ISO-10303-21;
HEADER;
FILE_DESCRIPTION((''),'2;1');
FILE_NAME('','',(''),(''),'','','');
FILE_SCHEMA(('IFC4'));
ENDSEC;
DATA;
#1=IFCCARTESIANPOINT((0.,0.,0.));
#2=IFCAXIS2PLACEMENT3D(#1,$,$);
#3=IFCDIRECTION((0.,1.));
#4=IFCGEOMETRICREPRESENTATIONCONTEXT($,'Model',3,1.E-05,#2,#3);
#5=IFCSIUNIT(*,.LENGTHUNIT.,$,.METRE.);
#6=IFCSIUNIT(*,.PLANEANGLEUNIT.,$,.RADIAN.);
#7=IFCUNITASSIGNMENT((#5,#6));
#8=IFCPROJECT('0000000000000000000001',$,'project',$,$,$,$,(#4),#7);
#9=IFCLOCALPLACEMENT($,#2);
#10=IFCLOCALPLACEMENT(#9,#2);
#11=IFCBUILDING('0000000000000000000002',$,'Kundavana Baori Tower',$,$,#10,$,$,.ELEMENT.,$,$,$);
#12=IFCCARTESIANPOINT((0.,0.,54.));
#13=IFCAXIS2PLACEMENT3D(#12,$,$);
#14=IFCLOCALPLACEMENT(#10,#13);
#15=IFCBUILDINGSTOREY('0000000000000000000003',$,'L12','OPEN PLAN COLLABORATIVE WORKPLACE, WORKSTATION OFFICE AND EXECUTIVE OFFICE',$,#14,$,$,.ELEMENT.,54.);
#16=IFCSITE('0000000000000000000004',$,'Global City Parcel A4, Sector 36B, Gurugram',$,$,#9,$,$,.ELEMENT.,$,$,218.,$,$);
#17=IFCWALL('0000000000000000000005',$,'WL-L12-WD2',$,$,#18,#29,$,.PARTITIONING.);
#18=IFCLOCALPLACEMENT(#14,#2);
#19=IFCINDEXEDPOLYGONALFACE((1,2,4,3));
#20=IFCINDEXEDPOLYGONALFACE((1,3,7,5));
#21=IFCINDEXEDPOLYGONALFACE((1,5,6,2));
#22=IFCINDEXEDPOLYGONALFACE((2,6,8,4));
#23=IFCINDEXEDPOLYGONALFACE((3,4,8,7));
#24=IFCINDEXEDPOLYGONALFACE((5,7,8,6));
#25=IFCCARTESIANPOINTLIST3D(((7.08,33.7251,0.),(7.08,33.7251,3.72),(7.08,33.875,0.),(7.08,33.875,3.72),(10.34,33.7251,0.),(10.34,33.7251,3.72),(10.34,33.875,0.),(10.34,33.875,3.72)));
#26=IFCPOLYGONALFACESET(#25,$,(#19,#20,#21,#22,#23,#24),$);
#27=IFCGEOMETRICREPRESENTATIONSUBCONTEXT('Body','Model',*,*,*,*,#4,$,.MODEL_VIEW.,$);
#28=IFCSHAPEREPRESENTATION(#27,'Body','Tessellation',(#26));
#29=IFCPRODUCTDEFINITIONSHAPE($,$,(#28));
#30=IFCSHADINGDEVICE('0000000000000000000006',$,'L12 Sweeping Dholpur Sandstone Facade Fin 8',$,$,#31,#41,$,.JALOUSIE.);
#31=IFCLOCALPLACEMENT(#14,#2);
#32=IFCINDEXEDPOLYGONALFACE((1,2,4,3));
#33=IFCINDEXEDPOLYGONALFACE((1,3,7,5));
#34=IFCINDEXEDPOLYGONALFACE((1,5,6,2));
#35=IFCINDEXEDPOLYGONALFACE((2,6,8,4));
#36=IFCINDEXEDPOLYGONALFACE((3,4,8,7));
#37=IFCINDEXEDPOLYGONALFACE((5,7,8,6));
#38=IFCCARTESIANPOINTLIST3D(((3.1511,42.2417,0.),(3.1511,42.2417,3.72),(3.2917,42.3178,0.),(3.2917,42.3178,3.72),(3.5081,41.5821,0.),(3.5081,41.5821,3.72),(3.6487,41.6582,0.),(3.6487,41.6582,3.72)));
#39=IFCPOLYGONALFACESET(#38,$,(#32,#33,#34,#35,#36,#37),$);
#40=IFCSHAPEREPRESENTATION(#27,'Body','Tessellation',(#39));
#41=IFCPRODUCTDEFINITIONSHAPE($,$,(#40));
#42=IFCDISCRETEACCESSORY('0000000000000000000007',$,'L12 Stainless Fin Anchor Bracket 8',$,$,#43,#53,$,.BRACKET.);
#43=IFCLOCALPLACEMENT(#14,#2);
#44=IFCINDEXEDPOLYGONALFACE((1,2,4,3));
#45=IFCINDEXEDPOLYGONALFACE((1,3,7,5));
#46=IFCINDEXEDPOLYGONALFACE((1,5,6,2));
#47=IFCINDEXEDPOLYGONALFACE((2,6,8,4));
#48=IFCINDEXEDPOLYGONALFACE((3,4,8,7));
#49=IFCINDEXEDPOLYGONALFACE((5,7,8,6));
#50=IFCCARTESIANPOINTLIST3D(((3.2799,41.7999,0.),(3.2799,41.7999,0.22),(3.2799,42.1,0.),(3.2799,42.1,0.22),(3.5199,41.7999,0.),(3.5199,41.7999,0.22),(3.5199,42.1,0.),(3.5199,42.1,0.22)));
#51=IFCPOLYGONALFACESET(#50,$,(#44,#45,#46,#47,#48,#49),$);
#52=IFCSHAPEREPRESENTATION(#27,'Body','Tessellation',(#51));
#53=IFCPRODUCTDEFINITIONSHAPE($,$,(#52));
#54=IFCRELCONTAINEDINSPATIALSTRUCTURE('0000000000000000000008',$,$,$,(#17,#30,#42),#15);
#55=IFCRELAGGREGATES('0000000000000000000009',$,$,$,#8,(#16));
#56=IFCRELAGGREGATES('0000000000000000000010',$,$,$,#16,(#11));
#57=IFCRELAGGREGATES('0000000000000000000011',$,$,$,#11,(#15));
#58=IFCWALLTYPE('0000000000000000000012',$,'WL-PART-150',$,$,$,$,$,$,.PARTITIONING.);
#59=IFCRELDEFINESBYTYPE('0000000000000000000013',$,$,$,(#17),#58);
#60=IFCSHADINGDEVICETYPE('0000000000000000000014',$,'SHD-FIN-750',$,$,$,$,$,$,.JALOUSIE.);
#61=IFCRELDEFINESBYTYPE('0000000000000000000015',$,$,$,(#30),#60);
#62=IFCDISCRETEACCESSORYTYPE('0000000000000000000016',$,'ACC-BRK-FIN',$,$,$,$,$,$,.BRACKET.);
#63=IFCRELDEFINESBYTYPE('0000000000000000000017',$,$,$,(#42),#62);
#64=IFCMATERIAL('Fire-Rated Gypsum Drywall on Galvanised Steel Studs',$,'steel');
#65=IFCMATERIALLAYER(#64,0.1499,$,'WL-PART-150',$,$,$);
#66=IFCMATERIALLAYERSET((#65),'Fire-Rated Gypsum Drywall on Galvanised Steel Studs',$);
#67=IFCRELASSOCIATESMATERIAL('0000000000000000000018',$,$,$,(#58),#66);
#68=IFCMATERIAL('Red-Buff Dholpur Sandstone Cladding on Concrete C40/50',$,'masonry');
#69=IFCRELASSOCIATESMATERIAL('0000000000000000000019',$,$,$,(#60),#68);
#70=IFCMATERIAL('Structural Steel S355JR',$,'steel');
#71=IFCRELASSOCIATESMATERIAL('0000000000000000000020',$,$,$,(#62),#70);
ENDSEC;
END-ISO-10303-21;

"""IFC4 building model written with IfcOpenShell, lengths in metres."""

from ifc_helpers import new_model, si_unit, direction, frame, frame_2d, origin, origin_2d, place, context, subcontext, project, spatial, rectangle, extrude, material, layer, layer_set, type_object, element, save


model = new_model("IFC4")

# Units and contexts
model_context = context("Model", 3, precision=1e-05, world=origin(), true_north=direction((0.0, 1.0)))
body_context = subcontext(model_context, "Body", "Model", "MODEL_VIEW")
ifc_project = project(units=[si_unit("LENGTHUNIT", "METRE"), si_unit("PLANEANGLEUNIT", "RADIAN")], contexts=[model_context])

# Site, building, storey
site_placement = place(None, origin())
site = spatial("IfcSite", under=ifc_project, at=site_placement, Name="Global City Parcel A4, Sector 36B, Gurugram", CompositionType="ELEMENT", RefElevation=218.0)
building_placement = place(site_placement, origin())
building = spatial("IfcBuilding", under=site, at=building_placement, Name="Kundavana Baori Tower", CompositionType="ELEMENT")
storey_placement = place(building_placement, frame((0.0, 0.0, 54.0)))
storey = spatial("IfcBuildingStorey", under=building, at=storey_placement, Name="L12", Description="OPEN PLAN COLLABORATIVE WORKPLACE, WORKSTATION OFFICE AND EXECUTIVE OFFICE", CompositionType="ELEMENT", Elevation=54.0)

# Shared definitions
ifc_material_1 = material(Name="Fire-Rated Gypsum Drywall on Galvanised Steel Studs", Category="steel")
ifc_layer_1 = layer(ifc_material_1, 0.1499, Name="WL-PART-150")
ifc_layer_set_1 = layer_set([ifc_layer_1], Name="Fire-Rated Gypsum Drywall on Galvanised Steel Studs")
wall_type_1 = type_object("IfcWallType", Name="WL-PART-150", PredefinedType="PARTITIONING", material=ifc_layer_set_1)

# Wall
wall_1_placement = place(storey_placement, frame((7.0801, 33.8, 0.0), z_axis=(0.0, 0.0, 1.0), x_axis=(1.0, 0.0, 0.0)))
element("IfcWall", 1, at=wall_1_placement, inside=storey, type_object=wall_type_1, Name="WL-L12-WD2", PredefinedType="PARTITIONING", context=body_context, shape_type="SweptSolid", body=[
    extrude(rectangle(XDim=3.26, YDim=0.1499, at=frame_2d((1.6299, 0.0))), origin(), (0.0, 0.0, 1.0), 3.72),
])

# Shading device
ifc_material_2 = material(Name="Red-Buff Dholpur Sandstone Cladding on Concrete C40/50", Category="masonry")
shading_device_type = type_object("IfcShadingDeviceType", Name="SHD-FIN-750", PredefinedType="JALOUSIE", material=ifc_material_2)
shading_device_placement = place(storey_placement, frame((3.3999, 41.95, 0.0), z_axis=(0.0, 0.0, 1.0), x_axis=(0.879482, 0.475931, 0.0)))
element("IfcShadingDevice", 2, at=shading_device_placement, inside=storey, type_object=shading_device_type, Name="L12 Sweeping Dholpur Sandstone Facade Fin 8", PredefinedType="JALOUSIE", context=body_context, shape_type="SweptSolid", body=[
    extrude(rectangle(XDim=0.1599, YDim=0.75, at=origin_2d()), origin(), (0.0, 0.0, 1.0), 3.72),
])

# Discrete accessory
ifc_material_3 = material(Name="Structural Steel S355JR", Category="steel")
discrete_accessory_type = type_object("IfcDiscreteAccessoryType", Name="ACC-BRK-FIN", PredefinedType="BRACKET", material=ifc_material_3)
discrete_accessory_placement = place(storey_placement, frame((3.3999, 41.95, 0.0), z_axis=(0.0, 0.0, 1.0), x_axis=(1.0, 0.0, 0.0)))
element("IfcDiscreteAccessory", 3, at=discrete_accessory_placement, inside=storey, type_object=discrete_accessory_type, Name="L12 Stainless Fin Anchor Bracket 8", PredefinedType="BRACKET", context=body_context, shape_type="SweptSolid", body=[
    extrude(rectangle(XDim=0.24, YDim=0.3, at=origin_2d()), origin(), (0.0, 0.0, 1.0), 0.22),
])

save(model, "model.ifc")
